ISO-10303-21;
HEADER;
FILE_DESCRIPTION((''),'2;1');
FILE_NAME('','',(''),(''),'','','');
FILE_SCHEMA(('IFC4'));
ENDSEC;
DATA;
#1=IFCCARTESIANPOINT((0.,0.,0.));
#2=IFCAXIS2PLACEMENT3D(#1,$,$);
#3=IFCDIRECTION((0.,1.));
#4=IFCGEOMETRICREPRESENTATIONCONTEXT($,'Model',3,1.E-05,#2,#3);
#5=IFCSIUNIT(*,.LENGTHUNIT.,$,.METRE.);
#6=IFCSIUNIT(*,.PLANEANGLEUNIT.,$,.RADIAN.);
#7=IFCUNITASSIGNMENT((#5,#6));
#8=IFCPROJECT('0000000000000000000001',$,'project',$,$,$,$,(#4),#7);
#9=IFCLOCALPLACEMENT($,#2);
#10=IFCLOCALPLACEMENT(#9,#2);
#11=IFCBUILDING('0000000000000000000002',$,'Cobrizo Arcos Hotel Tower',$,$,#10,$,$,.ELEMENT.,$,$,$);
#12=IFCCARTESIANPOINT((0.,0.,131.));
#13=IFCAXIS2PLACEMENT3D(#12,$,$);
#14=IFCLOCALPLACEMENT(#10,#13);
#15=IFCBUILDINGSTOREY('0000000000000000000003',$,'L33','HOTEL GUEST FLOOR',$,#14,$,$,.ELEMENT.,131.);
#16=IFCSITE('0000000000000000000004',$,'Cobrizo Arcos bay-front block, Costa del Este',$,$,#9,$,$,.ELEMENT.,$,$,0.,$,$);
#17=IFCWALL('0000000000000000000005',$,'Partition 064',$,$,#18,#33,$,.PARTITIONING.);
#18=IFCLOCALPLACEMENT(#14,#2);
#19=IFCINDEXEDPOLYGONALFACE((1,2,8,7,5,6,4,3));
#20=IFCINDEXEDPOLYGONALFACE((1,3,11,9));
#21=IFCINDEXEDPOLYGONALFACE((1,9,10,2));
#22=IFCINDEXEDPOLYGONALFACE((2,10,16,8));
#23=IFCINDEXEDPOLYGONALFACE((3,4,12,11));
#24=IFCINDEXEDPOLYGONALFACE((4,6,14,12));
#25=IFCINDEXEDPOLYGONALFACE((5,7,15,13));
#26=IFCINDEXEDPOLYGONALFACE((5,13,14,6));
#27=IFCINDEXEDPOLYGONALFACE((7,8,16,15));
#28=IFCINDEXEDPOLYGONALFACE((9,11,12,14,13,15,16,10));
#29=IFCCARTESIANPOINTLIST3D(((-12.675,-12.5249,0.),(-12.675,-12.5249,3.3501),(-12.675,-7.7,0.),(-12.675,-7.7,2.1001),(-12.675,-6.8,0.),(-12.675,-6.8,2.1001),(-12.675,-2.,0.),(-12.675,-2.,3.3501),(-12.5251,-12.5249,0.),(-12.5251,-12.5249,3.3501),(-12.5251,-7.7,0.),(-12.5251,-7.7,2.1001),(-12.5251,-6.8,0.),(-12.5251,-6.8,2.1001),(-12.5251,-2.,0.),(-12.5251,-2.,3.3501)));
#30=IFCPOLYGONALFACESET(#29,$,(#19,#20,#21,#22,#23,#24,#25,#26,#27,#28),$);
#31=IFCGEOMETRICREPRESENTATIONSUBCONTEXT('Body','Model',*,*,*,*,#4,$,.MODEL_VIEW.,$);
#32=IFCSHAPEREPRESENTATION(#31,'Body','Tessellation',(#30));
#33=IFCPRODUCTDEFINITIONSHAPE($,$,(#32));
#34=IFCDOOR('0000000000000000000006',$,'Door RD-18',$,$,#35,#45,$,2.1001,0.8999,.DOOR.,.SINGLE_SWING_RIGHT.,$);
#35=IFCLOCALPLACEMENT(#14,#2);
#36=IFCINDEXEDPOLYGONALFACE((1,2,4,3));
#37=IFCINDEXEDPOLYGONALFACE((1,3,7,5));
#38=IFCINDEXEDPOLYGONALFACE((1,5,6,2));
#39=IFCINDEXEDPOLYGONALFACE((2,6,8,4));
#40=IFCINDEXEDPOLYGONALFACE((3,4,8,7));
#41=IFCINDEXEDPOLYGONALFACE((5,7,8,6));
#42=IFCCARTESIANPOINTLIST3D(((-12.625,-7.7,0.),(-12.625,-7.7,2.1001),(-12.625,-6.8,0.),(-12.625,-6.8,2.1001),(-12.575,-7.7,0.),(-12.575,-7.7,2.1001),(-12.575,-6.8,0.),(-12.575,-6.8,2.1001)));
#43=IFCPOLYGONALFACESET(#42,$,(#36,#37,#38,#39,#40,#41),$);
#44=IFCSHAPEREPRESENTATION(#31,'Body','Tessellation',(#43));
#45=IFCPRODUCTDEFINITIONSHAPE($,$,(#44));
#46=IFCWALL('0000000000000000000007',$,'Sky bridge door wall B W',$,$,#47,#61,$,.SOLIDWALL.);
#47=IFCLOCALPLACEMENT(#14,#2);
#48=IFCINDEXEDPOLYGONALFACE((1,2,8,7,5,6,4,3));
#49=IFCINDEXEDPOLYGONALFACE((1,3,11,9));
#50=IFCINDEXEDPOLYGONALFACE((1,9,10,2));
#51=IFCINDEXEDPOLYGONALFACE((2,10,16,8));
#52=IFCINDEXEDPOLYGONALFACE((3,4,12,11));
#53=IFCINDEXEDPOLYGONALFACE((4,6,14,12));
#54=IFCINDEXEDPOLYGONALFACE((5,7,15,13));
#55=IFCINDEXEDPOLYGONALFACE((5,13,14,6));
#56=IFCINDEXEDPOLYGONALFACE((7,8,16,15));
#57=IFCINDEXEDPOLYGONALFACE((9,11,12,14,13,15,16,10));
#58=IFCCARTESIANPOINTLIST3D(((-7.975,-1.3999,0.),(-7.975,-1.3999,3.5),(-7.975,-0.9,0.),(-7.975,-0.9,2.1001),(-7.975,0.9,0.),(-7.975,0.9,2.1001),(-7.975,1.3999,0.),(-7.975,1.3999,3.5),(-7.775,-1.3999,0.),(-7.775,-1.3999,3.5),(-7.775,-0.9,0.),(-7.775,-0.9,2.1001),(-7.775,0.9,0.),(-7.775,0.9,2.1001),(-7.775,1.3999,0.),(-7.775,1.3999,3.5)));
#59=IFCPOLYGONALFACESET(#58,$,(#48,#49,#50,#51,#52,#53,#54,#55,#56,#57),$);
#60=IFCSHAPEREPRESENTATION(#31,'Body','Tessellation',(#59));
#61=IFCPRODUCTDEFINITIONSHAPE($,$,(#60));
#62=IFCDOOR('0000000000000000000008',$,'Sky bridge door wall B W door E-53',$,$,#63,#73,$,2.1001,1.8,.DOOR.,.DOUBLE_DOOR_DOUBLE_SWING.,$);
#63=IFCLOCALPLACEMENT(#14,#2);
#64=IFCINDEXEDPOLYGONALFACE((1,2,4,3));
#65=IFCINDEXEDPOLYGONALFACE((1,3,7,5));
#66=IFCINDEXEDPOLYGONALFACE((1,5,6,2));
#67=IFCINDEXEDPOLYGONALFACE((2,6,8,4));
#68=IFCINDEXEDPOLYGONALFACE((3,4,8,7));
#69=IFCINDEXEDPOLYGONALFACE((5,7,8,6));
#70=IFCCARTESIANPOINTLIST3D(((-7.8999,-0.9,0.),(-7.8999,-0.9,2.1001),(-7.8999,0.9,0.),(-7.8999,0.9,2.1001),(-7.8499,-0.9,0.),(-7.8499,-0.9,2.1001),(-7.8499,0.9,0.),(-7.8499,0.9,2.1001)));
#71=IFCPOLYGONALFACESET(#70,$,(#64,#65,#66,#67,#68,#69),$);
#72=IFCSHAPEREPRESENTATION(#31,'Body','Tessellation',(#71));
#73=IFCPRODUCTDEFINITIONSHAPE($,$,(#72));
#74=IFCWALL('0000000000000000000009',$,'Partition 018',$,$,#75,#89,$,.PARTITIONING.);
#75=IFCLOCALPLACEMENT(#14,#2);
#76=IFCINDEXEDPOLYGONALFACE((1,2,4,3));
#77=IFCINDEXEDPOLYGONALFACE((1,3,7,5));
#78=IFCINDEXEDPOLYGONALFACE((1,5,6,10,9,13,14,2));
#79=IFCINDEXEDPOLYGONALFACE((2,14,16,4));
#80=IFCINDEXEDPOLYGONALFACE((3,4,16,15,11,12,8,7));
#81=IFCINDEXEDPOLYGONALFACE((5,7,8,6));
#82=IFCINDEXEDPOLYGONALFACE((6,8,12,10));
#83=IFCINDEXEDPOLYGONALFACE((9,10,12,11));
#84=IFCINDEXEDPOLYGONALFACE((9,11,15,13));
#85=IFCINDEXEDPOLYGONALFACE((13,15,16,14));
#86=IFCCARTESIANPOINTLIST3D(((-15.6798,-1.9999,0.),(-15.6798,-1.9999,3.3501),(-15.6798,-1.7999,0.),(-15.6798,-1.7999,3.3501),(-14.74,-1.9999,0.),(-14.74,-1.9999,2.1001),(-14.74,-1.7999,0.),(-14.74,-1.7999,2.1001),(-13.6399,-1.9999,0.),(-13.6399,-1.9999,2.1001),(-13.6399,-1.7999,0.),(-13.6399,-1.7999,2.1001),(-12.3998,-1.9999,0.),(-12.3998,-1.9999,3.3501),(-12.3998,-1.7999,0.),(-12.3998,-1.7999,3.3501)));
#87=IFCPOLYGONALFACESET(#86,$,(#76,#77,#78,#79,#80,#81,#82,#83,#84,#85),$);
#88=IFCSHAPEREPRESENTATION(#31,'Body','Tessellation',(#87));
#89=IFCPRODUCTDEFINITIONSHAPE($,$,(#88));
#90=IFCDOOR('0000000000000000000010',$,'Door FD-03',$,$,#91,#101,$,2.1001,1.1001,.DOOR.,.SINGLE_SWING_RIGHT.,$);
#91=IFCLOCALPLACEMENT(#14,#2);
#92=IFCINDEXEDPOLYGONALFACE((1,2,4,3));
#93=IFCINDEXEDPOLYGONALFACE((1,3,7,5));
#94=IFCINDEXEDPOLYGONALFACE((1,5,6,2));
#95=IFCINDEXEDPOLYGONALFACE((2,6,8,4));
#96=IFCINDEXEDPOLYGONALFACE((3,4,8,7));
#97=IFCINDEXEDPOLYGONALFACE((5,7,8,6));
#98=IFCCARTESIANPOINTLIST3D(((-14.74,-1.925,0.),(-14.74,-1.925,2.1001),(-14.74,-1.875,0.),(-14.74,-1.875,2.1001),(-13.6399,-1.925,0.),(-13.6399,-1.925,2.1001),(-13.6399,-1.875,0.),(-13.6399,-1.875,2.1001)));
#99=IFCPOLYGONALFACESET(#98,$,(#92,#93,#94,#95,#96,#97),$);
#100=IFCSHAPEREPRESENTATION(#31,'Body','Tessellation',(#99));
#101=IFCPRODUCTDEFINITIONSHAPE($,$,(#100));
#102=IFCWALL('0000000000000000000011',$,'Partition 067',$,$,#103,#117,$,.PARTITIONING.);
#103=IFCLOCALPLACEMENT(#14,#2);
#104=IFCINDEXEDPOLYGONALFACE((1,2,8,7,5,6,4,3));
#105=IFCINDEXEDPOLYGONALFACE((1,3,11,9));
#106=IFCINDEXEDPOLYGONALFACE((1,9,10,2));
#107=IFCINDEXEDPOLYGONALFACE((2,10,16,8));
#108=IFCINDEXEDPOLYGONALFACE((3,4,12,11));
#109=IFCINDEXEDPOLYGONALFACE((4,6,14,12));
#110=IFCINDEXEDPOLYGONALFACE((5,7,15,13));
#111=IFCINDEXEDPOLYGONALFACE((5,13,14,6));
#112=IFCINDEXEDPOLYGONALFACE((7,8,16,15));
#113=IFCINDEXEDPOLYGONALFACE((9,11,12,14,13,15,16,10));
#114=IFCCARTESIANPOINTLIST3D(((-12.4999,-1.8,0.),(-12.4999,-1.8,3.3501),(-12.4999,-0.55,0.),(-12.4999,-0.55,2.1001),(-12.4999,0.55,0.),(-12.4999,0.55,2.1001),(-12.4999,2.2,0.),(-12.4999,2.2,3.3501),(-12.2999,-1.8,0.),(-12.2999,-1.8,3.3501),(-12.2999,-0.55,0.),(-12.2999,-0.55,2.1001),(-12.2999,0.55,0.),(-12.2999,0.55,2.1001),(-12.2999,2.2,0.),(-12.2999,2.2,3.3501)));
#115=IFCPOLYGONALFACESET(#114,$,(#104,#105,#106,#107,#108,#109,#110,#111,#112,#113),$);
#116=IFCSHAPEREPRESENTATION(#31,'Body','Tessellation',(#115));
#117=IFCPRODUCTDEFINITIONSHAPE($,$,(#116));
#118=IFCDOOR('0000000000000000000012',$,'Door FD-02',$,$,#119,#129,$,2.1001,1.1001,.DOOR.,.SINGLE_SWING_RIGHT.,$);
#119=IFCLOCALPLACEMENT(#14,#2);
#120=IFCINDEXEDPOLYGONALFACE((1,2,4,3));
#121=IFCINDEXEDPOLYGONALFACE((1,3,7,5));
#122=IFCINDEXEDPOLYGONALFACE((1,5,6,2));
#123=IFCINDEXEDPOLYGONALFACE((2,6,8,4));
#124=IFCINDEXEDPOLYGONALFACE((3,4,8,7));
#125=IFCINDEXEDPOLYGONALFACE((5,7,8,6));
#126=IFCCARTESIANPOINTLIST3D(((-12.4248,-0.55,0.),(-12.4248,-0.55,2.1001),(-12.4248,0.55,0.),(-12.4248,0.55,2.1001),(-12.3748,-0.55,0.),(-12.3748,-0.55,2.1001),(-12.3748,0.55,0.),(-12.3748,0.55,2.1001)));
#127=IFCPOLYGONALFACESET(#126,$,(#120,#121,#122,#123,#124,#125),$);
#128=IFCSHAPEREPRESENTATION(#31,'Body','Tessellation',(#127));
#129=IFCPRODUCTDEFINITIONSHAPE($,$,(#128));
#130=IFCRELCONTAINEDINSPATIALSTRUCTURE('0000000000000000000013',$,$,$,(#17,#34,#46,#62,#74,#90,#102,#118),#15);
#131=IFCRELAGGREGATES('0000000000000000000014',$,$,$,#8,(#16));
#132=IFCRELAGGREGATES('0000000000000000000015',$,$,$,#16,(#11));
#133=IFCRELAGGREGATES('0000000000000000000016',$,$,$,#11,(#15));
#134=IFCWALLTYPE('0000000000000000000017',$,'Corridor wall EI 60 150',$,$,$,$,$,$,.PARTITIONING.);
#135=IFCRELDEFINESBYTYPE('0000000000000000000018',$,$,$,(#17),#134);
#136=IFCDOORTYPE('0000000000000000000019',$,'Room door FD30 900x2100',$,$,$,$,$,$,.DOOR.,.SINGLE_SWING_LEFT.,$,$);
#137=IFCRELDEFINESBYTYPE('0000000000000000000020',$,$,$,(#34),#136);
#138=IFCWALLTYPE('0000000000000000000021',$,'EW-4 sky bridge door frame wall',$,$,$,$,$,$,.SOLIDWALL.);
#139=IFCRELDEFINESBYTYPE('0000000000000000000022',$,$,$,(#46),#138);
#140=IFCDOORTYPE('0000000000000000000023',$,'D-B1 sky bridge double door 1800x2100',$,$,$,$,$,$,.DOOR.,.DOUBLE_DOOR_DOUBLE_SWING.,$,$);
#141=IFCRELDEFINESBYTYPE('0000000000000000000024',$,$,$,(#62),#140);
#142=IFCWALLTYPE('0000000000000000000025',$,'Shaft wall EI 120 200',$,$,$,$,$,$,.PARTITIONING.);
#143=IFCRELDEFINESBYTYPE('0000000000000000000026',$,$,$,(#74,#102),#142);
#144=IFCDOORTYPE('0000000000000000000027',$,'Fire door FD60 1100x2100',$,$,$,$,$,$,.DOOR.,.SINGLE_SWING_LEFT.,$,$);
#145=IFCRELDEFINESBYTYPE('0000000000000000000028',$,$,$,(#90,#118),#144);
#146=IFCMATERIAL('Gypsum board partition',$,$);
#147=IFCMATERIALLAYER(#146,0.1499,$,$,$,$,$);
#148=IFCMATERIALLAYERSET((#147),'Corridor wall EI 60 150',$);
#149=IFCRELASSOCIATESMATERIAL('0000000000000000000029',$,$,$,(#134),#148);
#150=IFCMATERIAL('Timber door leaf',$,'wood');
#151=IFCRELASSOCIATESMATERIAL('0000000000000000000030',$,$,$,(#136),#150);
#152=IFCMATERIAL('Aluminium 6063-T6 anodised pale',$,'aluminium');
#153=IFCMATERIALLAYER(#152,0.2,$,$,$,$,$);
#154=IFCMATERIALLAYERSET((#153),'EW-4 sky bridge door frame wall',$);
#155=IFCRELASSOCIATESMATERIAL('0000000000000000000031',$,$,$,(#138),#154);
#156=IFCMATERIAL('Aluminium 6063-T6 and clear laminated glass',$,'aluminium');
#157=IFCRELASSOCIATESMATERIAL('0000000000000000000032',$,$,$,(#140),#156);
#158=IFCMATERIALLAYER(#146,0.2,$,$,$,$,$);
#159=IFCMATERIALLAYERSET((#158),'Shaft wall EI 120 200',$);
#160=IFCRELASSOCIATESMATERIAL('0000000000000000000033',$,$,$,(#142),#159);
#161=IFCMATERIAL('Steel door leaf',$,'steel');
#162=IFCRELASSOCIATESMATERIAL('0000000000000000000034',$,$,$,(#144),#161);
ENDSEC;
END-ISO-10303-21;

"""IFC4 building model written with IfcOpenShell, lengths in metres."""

from ifc_helpers import new_model, si_unit, direction, frame, frame_2d, origin, place, context, subcontext, project, spatial, rectangle, extrude, material, layer, layer_set, type_object, element, fill, save


model = new_model("IFC4")

# Units and contexts
model_context = context("Model", 3, precision=1e-05, world=origin(), true_north=direction((0.0, 1.0)))
body_context = subcontext(model_context, "Body", "Model", "MODEL_VIEW")
ifc_project = project(units=[si_unit("LENGTHUNIT", "METRE"), si_unit("PLANEANGLEUNIT", "RADIAN")], contexts=[model_context])

# Site, building, storey
site_placement = place(None, origin())
site = spatial("IfcSite", under=ifc_project, at=site_placement, Name="Cobrizo Arcos bay-front block, Costa del Este", CompositionType="ELEMENT", RefElevation=0.0)
building_placement = place(site_placement, origin())
building = spatial("IfcBuilding", under=site, at=building_placement, Name="Cobrizo Arcos Hotel Tower", CompositionType="ELEMENT")
storey_placement = place(building_placement, frame((0.0, 0.0, 131.0)))
storey = spatial("IfcBuildingStorey", under=building, at=storey_placement, Name="L33", Description="HOTEL GUEST FLOOR", CompositionType="ELEMENT", Elevation=131.0)

# Shared definitions
ifc_material_1 = material(Name="Gypsum board partition")
ifc_layer_1 = layer(ifc_material_1, 0.1499)
ifc_layer_set_1 = layer_set([ifc_layer_1], Name="Corridor wall EI 60 150")
wall_type_1 = type_object("IfcWallType", Name="Corridor wall EI 60 150", PredefinedType="PARTITIONING", material=ifc_layer_set_1)

# Walls, openings, doors
wall_1_placement = place(storey_placement, frame((-12.6001, -12.5249, 0.0), z_axis=(0.0, 0.0, 1.0), x_axis=(0.0, 1.0, 0.0)))
wall_1 = element("IfcWall", 1, at=wall_1_placement, inside=storey, type_object=wall_type_1, Name="Partition 064", PredefinedType="PARTITIONING", context=body_context, shape_type="SweptSolid", body=[
    extrude(rectangle(XDim=10.5249, YDim=0.1499, at=frame_2d((5.2625, 0.0))), origin(), (0.0, 0.0, 1.0), 3.3501),
])
opening_1_placement = place(wall_1_placement, frame((4.825, 0.0, 0.0)))
opening_1 = element("IfcOpeningElement", 2, at=opening_1_placement, cuts=wall_1, PredefinedType="OPENING", context=body_context, shape_type="SweptSolid", body=[
    extrude(rectangle(XDim=0.8999, YDim=2.1001, at=frame_2d((0.45, 1.05))), frame((0.0, 0.0869, 0.0), z_axis=(0.0, -1.0, 0.0), x_axis=(1.0, 0.0, 0.0)), (0.0, 0.0, 1.0), 0.1738),
])
ifc_material_2 = material(Name="Timber door leaf", Category="wood")
door_type_1 = type_object("IfcDoorType", Name="Room door FD30 900x2100", OperationType="SINGLE_SWING_LEFT", PredefinedType="DOOR", material=ifc_material_2)
door_1_placement = place(opening_1_placement, origin())
door_1 = element("IfcDoor", 3, at=door_1_placement, inside=storey, type_object=door_type_1, Name="Door RD-18", OperationType="SINGLE_SWING_RIGHT", OverallHeight=2.1001, OverallWidth=0.8999, PredefinedType="DOOR", context=body_context, shape_type="SweptSolid", body=[
    extrude(rectangle(XDim=0.8999, YDim=2.1001, at=frame_2d((0.45, 1.05))), frame((0.0, 0.0249, 0.0), z_axis=(0.0, -1.0, 0.0), x_axis=(1.0, 0.0, 0.0)), (0.0, 0.0, 1.0), 0.05),
])
fill(opening_1, door_1)
ifc_material_3 = material(Name="Aluminium 6063-T6 anodised pale", Category="aluminium")
ifc_layer_2 = layer(ifc_material_3, 0.2)
ifc_layer_set_2 = layer_set([ifc_layer_2], Name="EW-4 sky bridge door frame wall")
wall_type_2 = type_object("IfcWallType", Name="EW-4 sky bridge door frame wall", PredefinedType="SOLIDWALL", material=ifc_layer_set_2)
wall_2_placement = place(storey_placement, frame((-7.875, -1.3999, 0.0), z_axis=(0.0, 0.0, 1.0), x_axis=(0.0, 1.0, 0.0)))
wall_2 = element("IfcWall", 4, at=wall_2_placement, inside=storey, type_object=wall_type_2, Name="Sky bridge door wall B W", PredefinedType="SOLIDWALL", context=body_context, shape_type="SweptSolid", body=[
    extrude(rectangle(XDim=2.7998, YDim=0.2, at=frame_2d((1.3999, 0.0))), origin(), (0.0, 0.0, 1.0), 3.5),
])
opening_2_placement = place(wall_2_placement, frame((0.5, 0.0, 0.0)))
opening_2 = element("IfcOpeningElement", 5, at=opening_2_placement, cuts=wall_2, PredefinedType="OPENING", context=body_context, shape_type="SweptSolid", body=[
    extrude(rectangle(XDim=1.8, YDim=2.1001, at=frame_2d((0.8999, 1.05))), frame((0.0, 0.1121, 0.0), z_axis=(0.0, -1.0, 0.0), x_axis=(1.0, 0.0, 0.0)), (0.0, 0.0, 1.0), 0.2239),
])
ifc_material_4 = material(Name="Aluminium 6063-T6 and clear laminated glass", Category="aluminium")
door_type_2 = type_object("IfcDoorType", Name="D-B1 sky bridge double door 1800x2100", OperationType="DOUBLE_DOOR_DOUBLE_SWING", PredefinedType="DOOR", material=ifc_material_4)
door_2_placement = place(opening_2_placement, origin())
door_2 = element("IfcDoor", 6, at=door_2_placement, inside=storey, type_object=door_type_2, Name="Sky bridge door wall B W door E-53", OperationType="DOUBLE_DOOR_DOUBLE_SWING", OverallHeight=2.1001, OverallWidth=1.8, PredefinedType="DOOR", context=body_context, shape_type="SweptSolid", body=[
    extrude(rectangle(XDim=1.8, YDim=2.1001, at=frame_2d((0.8999, 1.05))), frame((0.0, 0.0249, 0.0), z_axis=(0.0, -1.0, 0.0), x_axis=(1.0, 0.0, 0.0)), (0.0, 0.0, 1.0), 0.05),
])
fill(opening_2, door_2)
ifc_layer_3 = layer(ifc_material_1, 0.2)
ifc_layer_set_3 = layer_set([ifc_layer_3], Name="Shaft wall EI 120 200")
wall_type_3 = type_object("IfcWallType", Name="Shaft wall EI 120 200", PredefinedType="PARTITIONING", material=ifc_layer_set_3)
wall_3_placement = place(storey_placement, frame((-15.6799, -1.8999, 0.0), z_axis=(0.0, 0.0, 1.0), x_axis=(1.0, 0.0, 0.0)))
wall_3 = element("IfcWall", 7, at=wall_3_placement, inside=storey, type_object=wall_type_3, Name="Partition 018", PredefinedType="PARTITIONING", context=body_context, shape_type="SweptSolid", body=[
    extrude(rectangle(XDim=3.28, YDim=0.2, at=frame_2d((1.6401, 0.0))), origin(), (0.0, 0.0, 1.0), 3.3501),
])
opening_3_placement = place(wall_3_placement, frame((0.9399, 0.0, 0.0)))
opening_3 = element("IfcOpeningElement", 8, at=opening_3_placement, cuts=wall_3, PredefinedType="OPENING", context=body_context, shape_type="SweptSolid", body=[
    extrude(rectangle(XDim=1.1001, YDim=2.1001, at=frame_2d((0.55, 1.05))), frame((0.0, 0.1121, 0.0), z_axis=(0.0, -1.0, 0.0), x_axis=(1.0, 0.0, 0.0)), (0.0, 0.0, 1.0), 0.2239),
])
ifc_material_5 = material(Name="Steel door leaf", Category="steel")
door_type_3 = type_object("IfcDoorType", Name="Fire door FD60 1100x2100", OperationType="SINGLE_SWING_LEFT", PredefinedType="DOOR", material=ifc_material_5)
door_3_placement = place(opening_3_placement, origin())
door_3 = element("IfcDoor", 9, at=door_3_placement, inside=storey, type_object=door_type_3, Name="Door FD-03", OperationType="SINGLE_SWING_RIGHT", OverallHeight=2.1001, OverallWidth=1.1001, PredefinedType="DOOR", context=body_context, shape_type="SweptSolid", body=[
    extrude(rectangle(XDim=1.1001, YDim=2.1001, at=frame_2d((0.55, 1.05))), frame((0.0, 0.0249, 0.0), z_axis=(0.0, -1.0, 0.0), x_axis=(1.0, 0.0, 0.0)), (0.0, 0.0, 1.0), 0.05),
])
fill(opening_3, door_3)
wall_4_placement = place(storey_placement, frame((-12.3999, -1.8, 0.0), z_axis=(0.0, 0.0, 1.0), x_axis=(0.0, 1.0, 0.0)))
wall_4 = element("IfcWall", 10, at=wall_4_placement, inside=storey, type_object=wall_type_3, Name="Partition 067", PredefinedType="PARTITIONING", context=body_context, shape_type="SweptSolid", body=[
    extrude(rectangle(XDim=4.0, YDim=0.2, at=frame_2d((2.0, 0.0))), origin(), (0.0, 0.0, 1.0), 3.3501),
])
opening_4_placement = place(wall_4_placement, frame((1.25, 0.0, 0.0)))
opening_4 = element("IfcOpeningElement", 11, at=opening_4_placement, cuts=wall_4, PredefinedType="OPENING", context=body_context, shape_type="SweptSolid", body=[
    extrude(rectangle(XDim=1.1001, YDim=2.1001, at=frame_2d((0.55, 1.05))), frame((0.0, 0.1121, 0.0), z_axis=(0.0, -1.0, 0.0), x_axis=(1.0, 0.0, 0.0)), (0.0, 0.0, 1.0), 0.2239),
])
door_4_placement = place(opening_4_placement, origin())
door_4 = element("IfcDoor", 12, at=door_4_placement, inside=storey, type_object=door_type_3, Name="Door FD-02", OperationType="SINGLE_SWING_RIGHT", OverallHeight=2.1001, OverallWidth=1.1001, PredefinedType="DOOR", context=body_context, shape_type="SweptSolid", body=[
    extrude(rectangle(XDim=1.1001, YDim=2.1001, at=frame_2d((0.55, 1.05))), frame((0.0, 0.0249, 0.0), z_axis=(0.0, -1.0, 0.0), x_axis=(1.0, 0.0, 0.0)), (0.0, 0.0, 1.0), 0.05),
])
fill(opening_4, door_4)

save(model, "model.ifc")
